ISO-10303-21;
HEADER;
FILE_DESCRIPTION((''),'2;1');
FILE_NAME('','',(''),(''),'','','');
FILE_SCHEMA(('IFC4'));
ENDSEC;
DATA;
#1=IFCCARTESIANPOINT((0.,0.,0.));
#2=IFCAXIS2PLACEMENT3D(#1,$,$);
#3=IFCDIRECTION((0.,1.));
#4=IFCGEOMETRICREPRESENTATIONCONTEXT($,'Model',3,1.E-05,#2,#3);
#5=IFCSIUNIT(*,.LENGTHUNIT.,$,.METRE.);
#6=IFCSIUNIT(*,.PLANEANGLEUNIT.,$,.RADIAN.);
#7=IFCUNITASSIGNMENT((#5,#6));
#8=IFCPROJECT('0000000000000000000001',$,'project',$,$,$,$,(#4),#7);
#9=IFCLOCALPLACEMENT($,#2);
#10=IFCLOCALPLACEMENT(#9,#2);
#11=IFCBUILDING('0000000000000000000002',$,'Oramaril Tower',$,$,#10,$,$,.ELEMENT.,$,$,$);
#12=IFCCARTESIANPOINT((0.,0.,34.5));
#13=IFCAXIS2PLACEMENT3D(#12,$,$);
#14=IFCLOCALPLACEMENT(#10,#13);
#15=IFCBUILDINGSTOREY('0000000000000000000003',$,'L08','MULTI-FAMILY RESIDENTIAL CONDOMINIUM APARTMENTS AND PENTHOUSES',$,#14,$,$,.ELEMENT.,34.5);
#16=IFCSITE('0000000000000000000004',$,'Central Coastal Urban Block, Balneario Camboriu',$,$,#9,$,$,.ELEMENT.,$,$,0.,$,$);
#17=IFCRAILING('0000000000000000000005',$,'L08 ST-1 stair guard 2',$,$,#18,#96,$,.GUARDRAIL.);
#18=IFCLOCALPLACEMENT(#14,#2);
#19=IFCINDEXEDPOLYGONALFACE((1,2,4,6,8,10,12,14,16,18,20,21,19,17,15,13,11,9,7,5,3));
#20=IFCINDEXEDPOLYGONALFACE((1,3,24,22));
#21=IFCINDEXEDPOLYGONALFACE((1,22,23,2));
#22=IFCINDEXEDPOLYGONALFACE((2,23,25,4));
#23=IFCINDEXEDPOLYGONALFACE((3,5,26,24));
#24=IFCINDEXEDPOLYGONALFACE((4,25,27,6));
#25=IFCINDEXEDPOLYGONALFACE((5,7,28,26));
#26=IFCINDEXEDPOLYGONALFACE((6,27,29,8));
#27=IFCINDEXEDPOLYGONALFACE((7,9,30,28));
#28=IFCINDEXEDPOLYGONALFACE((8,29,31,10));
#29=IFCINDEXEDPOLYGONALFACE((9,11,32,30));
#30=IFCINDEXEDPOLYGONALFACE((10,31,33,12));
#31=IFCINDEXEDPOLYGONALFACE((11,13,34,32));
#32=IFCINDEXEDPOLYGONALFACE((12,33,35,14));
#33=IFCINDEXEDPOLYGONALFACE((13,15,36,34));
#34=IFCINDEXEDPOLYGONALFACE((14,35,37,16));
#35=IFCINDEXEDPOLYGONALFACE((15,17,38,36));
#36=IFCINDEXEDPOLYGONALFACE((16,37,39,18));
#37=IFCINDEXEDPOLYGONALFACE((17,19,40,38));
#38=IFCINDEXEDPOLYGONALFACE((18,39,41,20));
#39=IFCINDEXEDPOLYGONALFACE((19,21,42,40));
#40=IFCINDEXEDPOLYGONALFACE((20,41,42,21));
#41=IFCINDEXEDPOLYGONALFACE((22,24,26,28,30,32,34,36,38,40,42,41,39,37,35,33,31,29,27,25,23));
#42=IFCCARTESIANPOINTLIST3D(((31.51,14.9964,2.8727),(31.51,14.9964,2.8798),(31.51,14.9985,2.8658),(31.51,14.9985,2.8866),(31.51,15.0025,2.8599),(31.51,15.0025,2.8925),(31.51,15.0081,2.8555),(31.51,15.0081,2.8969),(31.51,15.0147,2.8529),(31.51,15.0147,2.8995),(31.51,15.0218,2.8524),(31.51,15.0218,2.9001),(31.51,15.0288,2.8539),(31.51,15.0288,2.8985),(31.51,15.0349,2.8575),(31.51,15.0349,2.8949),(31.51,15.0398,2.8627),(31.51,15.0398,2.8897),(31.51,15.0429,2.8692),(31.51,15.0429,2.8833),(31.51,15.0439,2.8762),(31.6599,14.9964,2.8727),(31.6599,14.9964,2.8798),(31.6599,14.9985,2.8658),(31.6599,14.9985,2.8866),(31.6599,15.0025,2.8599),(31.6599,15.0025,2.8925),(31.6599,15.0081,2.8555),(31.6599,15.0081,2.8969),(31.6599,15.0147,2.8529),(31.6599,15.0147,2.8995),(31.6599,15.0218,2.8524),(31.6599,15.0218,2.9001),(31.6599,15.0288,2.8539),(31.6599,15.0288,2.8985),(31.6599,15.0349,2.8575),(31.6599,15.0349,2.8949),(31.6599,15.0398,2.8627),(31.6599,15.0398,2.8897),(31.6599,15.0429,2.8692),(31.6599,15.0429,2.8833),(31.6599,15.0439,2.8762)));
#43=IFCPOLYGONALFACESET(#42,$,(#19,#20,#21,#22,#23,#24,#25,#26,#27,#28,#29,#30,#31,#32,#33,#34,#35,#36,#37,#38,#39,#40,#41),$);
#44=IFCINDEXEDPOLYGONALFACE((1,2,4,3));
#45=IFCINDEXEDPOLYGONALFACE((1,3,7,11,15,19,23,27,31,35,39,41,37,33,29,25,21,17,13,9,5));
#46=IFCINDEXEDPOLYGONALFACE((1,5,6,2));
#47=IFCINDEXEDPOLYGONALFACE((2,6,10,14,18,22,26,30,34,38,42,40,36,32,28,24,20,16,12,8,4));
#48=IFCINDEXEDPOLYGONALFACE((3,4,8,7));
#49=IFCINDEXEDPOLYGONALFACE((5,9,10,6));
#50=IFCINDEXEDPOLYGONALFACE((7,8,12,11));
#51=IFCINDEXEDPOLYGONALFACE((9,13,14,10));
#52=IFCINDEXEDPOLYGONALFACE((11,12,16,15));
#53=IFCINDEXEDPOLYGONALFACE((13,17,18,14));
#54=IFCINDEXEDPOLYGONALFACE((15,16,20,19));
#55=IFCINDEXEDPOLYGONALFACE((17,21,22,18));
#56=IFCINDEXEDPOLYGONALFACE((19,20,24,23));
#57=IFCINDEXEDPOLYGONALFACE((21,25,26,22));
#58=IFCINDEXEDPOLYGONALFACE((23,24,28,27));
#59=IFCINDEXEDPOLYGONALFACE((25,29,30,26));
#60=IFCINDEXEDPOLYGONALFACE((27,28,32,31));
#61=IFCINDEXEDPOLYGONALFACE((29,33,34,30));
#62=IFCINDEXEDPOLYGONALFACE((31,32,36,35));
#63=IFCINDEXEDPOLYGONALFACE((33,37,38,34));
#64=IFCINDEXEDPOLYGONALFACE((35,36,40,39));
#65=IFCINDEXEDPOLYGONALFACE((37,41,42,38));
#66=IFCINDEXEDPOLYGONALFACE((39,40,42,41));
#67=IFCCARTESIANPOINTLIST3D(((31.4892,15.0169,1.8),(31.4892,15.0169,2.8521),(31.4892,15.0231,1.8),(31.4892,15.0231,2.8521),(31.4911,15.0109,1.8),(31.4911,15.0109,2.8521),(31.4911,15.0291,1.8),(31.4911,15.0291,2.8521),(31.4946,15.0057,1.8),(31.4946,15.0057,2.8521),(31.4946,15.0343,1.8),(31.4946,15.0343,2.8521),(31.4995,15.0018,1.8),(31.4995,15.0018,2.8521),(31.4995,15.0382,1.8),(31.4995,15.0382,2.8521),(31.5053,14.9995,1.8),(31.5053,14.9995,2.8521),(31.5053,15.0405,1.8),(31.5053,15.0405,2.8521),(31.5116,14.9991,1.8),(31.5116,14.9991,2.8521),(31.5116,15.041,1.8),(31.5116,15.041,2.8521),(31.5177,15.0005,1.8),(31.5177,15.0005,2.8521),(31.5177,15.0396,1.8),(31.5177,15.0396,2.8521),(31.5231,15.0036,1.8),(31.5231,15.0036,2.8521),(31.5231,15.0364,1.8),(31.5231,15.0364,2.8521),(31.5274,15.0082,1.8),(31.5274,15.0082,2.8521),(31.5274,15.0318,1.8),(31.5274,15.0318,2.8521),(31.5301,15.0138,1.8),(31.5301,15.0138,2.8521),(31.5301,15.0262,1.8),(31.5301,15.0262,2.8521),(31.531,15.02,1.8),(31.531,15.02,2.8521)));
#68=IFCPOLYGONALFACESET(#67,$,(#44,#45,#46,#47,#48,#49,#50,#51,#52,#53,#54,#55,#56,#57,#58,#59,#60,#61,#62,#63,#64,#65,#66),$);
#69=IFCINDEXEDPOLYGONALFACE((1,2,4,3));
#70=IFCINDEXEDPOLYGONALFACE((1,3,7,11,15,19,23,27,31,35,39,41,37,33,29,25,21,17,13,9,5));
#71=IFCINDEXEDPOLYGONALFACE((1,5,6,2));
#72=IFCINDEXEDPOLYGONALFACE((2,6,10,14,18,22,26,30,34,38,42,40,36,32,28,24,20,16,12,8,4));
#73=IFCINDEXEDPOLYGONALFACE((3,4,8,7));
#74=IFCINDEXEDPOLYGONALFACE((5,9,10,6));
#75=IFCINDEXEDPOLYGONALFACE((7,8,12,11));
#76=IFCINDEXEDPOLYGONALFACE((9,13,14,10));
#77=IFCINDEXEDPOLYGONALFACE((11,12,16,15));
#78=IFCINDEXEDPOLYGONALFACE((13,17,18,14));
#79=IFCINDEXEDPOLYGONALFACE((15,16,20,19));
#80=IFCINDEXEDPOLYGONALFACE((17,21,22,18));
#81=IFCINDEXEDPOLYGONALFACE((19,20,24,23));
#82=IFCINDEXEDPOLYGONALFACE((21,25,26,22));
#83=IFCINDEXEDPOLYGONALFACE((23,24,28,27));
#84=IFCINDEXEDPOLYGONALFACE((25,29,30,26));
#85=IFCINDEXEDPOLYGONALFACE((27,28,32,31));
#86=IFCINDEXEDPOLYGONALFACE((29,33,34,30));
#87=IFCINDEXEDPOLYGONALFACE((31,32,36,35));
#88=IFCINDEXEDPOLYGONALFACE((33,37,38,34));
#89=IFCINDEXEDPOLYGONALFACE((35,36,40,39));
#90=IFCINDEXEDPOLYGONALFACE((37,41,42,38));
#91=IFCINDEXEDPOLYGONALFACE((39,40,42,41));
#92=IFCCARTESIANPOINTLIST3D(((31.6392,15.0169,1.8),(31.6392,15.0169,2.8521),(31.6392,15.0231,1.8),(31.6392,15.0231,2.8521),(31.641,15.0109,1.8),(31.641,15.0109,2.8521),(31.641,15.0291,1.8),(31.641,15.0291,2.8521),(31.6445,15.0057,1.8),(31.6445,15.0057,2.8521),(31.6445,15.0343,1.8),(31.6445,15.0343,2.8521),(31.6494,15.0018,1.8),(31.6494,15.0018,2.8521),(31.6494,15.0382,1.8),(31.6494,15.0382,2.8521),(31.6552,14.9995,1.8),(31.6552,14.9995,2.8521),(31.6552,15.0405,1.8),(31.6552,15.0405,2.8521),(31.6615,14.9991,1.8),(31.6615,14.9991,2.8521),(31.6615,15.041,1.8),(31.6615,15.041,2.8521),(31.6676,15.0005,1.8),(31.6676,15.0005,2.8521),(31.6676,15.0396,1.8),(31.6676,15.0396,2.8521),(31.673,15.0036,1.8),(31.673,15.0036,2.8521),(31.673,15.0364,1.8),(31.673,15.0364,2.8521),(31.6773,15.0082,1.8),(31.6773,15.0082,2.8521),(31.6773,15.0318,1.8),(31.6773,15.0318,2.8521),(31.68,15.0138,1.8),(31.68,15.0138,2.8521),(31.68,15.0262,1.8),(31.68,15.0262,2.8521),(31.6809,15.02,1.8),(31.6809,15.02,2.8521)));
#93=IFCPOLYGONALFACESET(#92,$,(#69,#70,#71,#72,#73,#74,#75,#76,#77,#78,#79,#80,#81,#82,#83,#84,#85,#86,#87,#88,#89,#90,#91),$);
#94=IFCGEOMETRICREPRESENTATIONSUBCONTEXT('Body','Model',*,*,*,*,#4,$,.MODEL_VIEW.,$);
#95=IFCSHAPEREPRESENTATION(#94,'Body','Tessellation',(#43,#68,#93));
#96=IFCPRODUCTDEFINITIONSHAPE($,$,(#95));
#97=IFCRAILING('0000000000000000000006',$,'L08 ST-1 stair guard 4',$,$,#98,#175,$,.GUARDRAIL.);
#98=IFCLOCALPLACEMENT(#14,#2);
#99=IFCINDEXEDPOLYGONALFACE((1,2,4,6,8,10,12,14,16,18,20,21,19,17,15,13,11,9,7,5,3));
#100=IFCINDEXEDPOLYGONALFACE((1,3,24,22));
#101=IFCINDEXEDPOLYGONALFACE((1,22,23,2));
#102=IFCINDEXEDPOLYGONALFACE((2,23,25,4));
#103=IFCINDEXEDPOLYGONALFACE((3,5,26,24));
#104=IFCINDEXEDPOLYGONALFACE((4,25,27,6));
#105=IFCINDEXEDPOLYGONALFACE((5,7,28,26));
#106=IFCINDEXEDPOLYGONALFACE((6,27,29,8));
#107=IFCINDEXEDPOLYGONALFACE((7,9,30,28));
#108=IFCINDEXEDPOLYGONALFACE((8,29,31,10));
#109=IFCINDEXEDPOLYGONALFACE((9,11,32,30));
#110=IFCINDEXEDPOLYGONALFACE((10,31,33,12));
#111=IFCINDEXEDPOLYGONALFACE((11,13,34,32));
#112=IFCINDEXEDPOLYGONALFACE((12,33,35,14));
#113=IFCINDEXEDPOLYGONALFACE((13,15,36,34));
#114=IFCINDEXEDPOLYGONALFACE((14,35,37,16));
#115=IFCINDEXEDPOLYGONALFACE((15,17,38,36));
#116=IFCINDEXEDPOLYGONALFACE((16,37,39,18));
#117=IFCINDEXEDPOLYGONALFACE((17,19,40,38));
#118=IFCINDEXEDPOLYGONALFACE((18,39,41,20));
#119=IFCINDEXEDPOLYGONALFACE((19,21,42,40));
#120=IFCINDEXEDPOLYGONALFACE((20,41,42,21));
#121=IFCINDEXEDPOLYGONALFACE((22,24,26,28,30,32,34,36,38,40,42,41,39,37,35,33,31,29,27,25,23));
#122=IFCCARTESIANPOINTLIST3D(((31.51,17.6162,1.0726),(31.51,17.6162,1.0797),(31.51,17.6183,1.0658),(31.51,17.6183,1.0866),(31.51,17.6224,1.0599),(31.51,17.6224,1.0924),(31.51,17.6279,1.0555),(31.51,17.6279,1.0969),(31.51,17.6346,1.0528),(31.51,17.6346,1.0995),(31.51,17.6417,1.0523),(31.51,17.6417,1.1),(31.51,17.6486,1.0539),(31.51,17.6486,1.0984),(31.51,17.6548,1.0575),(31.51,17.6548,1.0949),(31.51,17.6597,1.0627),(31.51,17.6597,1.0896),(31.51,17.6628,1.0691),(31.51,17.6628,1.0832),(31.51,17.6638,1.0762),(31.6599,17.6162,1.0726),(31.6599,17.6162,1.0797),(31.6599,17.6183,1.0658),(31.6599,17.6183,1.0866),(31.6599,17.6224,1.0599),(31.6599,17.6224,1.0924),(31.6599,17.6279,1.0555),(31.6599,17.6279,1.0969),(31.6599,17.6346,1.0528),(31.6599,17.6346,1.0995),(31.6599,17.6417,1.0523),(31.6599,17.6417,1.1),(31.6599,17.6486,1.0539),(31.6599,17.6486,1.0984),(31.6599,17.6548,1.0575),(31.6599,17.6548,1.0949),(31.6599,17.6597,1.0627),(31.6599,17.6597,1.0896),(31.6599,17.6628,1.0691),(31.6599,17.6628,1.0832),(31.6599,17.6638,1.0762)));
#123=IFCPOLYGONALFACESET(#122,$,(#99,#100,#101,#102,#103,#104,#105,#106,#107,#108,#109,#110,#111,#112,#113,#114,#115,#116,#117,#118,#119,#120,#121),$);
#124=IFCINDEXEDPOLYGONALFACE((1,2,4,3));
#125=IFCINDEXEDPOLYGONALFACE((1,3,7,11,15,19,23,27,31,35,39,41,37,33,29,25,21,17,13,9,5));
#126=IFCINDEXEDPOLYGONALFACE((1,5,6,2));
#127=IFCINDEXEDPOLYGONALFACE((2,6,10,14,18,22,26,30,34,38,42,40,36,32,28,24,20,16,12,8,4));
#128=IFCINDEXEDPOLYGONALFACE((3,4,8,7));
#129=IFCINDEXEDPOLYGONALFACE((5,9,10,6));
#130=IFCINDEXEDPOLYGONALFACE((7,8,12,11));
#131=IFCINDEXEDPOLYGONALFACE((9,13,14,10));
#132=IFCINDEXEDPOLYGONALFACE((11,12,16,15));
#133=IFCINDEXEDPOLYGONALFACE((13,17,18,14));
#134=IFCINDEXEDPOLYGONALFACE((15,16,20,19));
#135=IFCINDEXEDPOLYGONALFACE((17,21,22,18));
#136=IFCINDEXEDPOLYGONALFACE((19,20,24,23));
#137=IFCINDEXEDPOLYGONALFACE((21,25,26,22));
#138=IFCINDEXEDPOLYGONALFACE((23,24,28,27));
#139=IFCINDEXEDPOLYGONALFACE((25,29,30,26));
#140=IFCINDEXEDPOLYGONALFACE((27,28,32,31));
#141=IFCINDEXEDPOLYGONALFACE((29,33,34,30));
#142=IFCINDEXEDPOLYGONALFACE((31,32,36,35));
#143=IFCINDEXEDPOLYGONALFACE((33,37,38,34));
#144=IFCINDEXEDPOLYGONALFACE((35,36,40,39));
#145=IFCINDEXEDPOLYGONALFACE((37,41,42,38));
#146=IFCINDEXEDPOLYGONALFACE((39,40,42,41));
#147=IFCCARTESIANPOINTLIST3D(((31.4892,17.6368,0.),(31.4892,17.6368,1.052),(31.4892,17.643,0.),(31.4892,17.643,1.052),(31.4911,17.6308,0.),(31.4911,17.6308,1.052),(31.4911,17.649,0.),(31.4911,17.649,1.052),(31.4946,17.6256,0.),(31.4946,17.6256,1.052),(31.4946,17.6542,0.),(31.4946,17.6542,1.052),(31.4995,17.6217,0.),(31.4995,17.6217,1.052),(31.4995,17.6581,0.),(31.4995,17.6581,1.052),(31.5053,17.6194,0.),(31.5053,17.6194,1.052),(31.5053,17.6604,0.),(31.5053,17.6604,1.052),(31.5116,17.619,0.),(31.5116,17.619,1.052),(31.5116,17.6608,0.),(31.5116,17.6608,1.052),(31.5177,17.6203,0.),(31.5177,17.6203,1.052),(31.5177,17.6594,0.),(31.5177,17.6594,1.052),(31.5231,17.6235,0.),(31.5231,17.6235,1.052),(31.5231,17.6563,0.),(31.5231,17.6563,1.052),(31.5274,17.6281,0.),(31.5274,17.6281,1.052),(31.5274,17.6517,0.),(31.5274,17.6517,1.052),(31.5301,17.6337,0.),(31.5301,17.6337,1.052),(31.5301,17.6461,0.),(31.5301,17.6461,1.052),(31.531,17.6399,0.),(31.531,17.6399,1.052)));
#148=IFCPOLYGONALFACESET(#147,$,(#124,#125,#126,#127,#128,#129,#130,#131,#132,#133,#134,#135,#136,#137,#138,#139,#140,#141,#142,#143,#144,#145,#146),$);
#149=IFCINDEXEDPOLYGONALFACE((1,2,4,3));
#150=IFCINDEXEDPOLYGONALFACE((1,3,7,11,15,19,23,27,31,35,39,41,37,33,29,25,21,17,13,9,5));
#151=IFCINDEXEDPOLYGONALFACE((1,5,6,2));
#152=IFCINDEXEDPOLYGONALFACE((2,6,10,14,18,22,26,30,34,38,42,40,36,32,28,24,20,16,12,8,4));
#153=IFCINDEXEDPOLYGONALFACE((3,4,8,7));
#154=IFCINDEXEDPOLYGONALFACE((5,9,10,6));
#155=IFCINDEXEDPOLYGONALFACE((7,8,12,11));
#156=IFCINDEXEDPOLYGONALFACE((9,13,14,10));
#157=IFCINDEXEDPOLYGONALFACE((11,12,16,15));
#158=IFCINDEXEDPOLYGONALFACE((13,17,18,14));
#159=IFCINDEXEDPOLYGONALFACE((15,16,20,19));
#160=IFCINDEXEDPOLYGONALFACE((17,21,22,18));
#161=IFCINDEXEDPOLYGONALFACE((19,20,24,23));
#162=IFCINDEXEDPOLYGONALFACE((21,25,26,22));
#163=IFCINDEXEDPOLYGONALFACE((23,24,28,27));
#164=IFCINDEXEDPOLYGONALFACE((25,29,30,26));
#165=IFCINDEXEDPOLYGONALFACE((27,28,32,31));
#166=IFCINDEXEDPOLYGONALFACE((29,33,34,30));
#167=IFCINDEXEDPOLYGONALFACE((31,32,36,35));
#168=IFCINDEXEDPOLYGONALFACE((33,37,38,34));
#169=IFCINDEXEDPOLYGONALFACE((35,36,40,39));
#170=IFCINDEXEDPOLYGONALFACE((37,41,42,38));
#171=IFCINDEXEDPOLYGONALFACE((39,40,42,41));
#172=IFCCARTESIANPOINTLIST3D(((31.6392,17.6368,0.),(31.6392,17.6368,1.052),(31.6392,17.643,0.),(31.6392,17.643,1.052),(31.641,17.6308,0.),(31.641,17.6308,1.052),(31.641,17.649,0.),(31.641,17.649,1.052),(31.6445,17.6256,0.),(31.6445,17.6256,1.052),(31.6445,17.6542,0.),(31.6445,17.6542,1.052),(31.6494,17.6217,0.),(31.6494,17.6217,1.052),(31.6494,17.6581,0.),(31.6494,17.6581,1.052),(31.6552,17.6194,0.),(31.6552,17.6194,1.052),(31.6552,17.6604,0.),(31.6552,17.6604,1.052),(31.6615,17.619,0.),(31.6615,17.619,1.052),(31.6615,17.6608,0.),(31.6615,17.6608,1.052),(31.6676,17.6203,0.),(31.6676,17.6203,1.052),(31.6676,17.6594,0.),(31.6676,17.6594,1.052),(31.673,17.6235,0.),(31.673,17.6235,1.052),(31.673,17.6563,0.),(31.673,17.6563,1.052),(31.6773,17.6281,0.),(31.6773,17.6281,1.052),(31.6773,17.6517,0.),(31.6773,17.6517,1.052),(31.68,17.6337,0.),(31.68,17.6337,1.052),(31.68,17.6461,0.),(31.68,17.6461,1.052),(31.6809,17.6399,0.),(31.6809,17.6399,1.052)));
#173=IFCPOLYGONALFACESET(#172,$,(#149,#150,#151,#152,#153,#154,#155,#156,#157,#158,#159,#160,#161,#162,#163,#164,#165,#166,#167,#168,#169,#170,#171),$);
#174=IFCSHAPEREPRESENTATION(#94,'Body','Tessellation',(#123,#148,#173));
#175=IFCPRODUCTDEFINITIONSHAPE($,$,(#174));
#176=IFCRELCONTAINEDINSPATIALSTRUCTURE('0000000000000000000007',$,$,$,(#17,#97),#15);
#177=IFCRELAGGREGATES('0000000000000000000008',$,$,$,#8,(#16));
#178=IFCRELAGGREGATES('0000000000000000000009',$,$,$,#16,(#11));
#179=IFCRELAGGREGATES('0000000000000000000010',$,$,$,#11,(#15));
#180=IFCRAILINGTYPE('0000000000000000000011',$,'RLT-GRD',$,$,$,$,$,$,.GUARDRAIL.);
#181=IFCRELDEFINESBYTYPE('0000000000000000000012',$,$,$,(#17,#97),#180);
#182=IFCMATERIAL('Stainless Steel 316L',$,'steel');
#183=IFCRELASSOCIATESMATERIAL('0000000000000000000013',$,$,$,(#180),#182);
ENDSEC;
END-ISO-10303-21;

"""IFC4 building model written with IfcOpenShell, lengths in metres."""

from ifc_helpers import new_model, si_unit, direction, frame, origin, origin_2d, place, context, subcontext, project, spatial, circle, extrude, material, type_object, element, save


model = new_model("IFC4")

# Units and contexts
model_context = context("Model", 3, precision=1e-05, world=origin(), true_north=direction((0.0, 1.0)))
body_context = subcontext(model_context, "Body", "Model", "MODEL_VIEW")
ifc_project = project(units=[si_unit("LENGTHUNIT", "METRE"), si_unit("PLANEANGLEUNIT", "RADIAN")], contexts=[model_context])

# Site, building, storey
site_placement = place(None, origin())
site = spatial("IfcSite", under=ifc_project, at=site_placement, Name="Central Coastal Urban Block, Balneario Camboriu", CompositionType="ELEMENT", RefElevation=0.0)
building_placement = place(site_placement, origin())
building = spatial("IfcBuilding", under=site, at=building_placement, Name="Oramaril Tower", CompositionType="ELEMENT")
storey_placement = place(building_placement, frame((0.0, 0.0, 34.5)))
storey = spatial("IfcBuildingStorey", under=building, at=storey_placement, Name="L08", Description="MULTI-FAMILY RESIDENTIAL CONDOMINIUM APARTMENTS AND PENTHOUSES", CompositionType="ELEMENT", Elevation=34.5)

# Railings
ifc_material_1 = material(Name="Stainless Steel 316L", Category="steel")
railing_type_1 = type_object("IfcRailingType", Name="RLT-GRD", PredefinedType="GUARDRAIL", material=ifc_material_1)
for number, where, name in (
    (1, (31.51, 15.02, 1.8), "L08 ST-1 stair guard 2"),
    (2, (31.51, 17.6399, 0.0), "L08 ST-1 stair guard 4"),
):
    element("IfcRailing", number, at=place(storey_placement, frame(where)), inside=storey, type_object=railing_type_1, Name=name, PredefinedType="GUARDRAIL", context=body_context, shape_type="SweptSolid", body=[
        extrude(circle(Radius=0.0239, at=origin_2d()), frame((0.0, 0.0, 1.0762), z_axis=(1.0, 0.0, 0.0), x_axis=(0.0, 1.0, 0.0)), (0.0, 0.0, 1.0), 0.1499),
        extrude(circle(Radius=0.021, at=origin_2d()), origin(), (0.0, 0.0, 1.0), 1.052),
        extrude(circle(Radius=0.021, at=origin_2d()), frame((0.1499, 0.0, 0.0)), (0.0, 0.0, 1.0), 1.052),
    ])

save(model, "model.ifc")
